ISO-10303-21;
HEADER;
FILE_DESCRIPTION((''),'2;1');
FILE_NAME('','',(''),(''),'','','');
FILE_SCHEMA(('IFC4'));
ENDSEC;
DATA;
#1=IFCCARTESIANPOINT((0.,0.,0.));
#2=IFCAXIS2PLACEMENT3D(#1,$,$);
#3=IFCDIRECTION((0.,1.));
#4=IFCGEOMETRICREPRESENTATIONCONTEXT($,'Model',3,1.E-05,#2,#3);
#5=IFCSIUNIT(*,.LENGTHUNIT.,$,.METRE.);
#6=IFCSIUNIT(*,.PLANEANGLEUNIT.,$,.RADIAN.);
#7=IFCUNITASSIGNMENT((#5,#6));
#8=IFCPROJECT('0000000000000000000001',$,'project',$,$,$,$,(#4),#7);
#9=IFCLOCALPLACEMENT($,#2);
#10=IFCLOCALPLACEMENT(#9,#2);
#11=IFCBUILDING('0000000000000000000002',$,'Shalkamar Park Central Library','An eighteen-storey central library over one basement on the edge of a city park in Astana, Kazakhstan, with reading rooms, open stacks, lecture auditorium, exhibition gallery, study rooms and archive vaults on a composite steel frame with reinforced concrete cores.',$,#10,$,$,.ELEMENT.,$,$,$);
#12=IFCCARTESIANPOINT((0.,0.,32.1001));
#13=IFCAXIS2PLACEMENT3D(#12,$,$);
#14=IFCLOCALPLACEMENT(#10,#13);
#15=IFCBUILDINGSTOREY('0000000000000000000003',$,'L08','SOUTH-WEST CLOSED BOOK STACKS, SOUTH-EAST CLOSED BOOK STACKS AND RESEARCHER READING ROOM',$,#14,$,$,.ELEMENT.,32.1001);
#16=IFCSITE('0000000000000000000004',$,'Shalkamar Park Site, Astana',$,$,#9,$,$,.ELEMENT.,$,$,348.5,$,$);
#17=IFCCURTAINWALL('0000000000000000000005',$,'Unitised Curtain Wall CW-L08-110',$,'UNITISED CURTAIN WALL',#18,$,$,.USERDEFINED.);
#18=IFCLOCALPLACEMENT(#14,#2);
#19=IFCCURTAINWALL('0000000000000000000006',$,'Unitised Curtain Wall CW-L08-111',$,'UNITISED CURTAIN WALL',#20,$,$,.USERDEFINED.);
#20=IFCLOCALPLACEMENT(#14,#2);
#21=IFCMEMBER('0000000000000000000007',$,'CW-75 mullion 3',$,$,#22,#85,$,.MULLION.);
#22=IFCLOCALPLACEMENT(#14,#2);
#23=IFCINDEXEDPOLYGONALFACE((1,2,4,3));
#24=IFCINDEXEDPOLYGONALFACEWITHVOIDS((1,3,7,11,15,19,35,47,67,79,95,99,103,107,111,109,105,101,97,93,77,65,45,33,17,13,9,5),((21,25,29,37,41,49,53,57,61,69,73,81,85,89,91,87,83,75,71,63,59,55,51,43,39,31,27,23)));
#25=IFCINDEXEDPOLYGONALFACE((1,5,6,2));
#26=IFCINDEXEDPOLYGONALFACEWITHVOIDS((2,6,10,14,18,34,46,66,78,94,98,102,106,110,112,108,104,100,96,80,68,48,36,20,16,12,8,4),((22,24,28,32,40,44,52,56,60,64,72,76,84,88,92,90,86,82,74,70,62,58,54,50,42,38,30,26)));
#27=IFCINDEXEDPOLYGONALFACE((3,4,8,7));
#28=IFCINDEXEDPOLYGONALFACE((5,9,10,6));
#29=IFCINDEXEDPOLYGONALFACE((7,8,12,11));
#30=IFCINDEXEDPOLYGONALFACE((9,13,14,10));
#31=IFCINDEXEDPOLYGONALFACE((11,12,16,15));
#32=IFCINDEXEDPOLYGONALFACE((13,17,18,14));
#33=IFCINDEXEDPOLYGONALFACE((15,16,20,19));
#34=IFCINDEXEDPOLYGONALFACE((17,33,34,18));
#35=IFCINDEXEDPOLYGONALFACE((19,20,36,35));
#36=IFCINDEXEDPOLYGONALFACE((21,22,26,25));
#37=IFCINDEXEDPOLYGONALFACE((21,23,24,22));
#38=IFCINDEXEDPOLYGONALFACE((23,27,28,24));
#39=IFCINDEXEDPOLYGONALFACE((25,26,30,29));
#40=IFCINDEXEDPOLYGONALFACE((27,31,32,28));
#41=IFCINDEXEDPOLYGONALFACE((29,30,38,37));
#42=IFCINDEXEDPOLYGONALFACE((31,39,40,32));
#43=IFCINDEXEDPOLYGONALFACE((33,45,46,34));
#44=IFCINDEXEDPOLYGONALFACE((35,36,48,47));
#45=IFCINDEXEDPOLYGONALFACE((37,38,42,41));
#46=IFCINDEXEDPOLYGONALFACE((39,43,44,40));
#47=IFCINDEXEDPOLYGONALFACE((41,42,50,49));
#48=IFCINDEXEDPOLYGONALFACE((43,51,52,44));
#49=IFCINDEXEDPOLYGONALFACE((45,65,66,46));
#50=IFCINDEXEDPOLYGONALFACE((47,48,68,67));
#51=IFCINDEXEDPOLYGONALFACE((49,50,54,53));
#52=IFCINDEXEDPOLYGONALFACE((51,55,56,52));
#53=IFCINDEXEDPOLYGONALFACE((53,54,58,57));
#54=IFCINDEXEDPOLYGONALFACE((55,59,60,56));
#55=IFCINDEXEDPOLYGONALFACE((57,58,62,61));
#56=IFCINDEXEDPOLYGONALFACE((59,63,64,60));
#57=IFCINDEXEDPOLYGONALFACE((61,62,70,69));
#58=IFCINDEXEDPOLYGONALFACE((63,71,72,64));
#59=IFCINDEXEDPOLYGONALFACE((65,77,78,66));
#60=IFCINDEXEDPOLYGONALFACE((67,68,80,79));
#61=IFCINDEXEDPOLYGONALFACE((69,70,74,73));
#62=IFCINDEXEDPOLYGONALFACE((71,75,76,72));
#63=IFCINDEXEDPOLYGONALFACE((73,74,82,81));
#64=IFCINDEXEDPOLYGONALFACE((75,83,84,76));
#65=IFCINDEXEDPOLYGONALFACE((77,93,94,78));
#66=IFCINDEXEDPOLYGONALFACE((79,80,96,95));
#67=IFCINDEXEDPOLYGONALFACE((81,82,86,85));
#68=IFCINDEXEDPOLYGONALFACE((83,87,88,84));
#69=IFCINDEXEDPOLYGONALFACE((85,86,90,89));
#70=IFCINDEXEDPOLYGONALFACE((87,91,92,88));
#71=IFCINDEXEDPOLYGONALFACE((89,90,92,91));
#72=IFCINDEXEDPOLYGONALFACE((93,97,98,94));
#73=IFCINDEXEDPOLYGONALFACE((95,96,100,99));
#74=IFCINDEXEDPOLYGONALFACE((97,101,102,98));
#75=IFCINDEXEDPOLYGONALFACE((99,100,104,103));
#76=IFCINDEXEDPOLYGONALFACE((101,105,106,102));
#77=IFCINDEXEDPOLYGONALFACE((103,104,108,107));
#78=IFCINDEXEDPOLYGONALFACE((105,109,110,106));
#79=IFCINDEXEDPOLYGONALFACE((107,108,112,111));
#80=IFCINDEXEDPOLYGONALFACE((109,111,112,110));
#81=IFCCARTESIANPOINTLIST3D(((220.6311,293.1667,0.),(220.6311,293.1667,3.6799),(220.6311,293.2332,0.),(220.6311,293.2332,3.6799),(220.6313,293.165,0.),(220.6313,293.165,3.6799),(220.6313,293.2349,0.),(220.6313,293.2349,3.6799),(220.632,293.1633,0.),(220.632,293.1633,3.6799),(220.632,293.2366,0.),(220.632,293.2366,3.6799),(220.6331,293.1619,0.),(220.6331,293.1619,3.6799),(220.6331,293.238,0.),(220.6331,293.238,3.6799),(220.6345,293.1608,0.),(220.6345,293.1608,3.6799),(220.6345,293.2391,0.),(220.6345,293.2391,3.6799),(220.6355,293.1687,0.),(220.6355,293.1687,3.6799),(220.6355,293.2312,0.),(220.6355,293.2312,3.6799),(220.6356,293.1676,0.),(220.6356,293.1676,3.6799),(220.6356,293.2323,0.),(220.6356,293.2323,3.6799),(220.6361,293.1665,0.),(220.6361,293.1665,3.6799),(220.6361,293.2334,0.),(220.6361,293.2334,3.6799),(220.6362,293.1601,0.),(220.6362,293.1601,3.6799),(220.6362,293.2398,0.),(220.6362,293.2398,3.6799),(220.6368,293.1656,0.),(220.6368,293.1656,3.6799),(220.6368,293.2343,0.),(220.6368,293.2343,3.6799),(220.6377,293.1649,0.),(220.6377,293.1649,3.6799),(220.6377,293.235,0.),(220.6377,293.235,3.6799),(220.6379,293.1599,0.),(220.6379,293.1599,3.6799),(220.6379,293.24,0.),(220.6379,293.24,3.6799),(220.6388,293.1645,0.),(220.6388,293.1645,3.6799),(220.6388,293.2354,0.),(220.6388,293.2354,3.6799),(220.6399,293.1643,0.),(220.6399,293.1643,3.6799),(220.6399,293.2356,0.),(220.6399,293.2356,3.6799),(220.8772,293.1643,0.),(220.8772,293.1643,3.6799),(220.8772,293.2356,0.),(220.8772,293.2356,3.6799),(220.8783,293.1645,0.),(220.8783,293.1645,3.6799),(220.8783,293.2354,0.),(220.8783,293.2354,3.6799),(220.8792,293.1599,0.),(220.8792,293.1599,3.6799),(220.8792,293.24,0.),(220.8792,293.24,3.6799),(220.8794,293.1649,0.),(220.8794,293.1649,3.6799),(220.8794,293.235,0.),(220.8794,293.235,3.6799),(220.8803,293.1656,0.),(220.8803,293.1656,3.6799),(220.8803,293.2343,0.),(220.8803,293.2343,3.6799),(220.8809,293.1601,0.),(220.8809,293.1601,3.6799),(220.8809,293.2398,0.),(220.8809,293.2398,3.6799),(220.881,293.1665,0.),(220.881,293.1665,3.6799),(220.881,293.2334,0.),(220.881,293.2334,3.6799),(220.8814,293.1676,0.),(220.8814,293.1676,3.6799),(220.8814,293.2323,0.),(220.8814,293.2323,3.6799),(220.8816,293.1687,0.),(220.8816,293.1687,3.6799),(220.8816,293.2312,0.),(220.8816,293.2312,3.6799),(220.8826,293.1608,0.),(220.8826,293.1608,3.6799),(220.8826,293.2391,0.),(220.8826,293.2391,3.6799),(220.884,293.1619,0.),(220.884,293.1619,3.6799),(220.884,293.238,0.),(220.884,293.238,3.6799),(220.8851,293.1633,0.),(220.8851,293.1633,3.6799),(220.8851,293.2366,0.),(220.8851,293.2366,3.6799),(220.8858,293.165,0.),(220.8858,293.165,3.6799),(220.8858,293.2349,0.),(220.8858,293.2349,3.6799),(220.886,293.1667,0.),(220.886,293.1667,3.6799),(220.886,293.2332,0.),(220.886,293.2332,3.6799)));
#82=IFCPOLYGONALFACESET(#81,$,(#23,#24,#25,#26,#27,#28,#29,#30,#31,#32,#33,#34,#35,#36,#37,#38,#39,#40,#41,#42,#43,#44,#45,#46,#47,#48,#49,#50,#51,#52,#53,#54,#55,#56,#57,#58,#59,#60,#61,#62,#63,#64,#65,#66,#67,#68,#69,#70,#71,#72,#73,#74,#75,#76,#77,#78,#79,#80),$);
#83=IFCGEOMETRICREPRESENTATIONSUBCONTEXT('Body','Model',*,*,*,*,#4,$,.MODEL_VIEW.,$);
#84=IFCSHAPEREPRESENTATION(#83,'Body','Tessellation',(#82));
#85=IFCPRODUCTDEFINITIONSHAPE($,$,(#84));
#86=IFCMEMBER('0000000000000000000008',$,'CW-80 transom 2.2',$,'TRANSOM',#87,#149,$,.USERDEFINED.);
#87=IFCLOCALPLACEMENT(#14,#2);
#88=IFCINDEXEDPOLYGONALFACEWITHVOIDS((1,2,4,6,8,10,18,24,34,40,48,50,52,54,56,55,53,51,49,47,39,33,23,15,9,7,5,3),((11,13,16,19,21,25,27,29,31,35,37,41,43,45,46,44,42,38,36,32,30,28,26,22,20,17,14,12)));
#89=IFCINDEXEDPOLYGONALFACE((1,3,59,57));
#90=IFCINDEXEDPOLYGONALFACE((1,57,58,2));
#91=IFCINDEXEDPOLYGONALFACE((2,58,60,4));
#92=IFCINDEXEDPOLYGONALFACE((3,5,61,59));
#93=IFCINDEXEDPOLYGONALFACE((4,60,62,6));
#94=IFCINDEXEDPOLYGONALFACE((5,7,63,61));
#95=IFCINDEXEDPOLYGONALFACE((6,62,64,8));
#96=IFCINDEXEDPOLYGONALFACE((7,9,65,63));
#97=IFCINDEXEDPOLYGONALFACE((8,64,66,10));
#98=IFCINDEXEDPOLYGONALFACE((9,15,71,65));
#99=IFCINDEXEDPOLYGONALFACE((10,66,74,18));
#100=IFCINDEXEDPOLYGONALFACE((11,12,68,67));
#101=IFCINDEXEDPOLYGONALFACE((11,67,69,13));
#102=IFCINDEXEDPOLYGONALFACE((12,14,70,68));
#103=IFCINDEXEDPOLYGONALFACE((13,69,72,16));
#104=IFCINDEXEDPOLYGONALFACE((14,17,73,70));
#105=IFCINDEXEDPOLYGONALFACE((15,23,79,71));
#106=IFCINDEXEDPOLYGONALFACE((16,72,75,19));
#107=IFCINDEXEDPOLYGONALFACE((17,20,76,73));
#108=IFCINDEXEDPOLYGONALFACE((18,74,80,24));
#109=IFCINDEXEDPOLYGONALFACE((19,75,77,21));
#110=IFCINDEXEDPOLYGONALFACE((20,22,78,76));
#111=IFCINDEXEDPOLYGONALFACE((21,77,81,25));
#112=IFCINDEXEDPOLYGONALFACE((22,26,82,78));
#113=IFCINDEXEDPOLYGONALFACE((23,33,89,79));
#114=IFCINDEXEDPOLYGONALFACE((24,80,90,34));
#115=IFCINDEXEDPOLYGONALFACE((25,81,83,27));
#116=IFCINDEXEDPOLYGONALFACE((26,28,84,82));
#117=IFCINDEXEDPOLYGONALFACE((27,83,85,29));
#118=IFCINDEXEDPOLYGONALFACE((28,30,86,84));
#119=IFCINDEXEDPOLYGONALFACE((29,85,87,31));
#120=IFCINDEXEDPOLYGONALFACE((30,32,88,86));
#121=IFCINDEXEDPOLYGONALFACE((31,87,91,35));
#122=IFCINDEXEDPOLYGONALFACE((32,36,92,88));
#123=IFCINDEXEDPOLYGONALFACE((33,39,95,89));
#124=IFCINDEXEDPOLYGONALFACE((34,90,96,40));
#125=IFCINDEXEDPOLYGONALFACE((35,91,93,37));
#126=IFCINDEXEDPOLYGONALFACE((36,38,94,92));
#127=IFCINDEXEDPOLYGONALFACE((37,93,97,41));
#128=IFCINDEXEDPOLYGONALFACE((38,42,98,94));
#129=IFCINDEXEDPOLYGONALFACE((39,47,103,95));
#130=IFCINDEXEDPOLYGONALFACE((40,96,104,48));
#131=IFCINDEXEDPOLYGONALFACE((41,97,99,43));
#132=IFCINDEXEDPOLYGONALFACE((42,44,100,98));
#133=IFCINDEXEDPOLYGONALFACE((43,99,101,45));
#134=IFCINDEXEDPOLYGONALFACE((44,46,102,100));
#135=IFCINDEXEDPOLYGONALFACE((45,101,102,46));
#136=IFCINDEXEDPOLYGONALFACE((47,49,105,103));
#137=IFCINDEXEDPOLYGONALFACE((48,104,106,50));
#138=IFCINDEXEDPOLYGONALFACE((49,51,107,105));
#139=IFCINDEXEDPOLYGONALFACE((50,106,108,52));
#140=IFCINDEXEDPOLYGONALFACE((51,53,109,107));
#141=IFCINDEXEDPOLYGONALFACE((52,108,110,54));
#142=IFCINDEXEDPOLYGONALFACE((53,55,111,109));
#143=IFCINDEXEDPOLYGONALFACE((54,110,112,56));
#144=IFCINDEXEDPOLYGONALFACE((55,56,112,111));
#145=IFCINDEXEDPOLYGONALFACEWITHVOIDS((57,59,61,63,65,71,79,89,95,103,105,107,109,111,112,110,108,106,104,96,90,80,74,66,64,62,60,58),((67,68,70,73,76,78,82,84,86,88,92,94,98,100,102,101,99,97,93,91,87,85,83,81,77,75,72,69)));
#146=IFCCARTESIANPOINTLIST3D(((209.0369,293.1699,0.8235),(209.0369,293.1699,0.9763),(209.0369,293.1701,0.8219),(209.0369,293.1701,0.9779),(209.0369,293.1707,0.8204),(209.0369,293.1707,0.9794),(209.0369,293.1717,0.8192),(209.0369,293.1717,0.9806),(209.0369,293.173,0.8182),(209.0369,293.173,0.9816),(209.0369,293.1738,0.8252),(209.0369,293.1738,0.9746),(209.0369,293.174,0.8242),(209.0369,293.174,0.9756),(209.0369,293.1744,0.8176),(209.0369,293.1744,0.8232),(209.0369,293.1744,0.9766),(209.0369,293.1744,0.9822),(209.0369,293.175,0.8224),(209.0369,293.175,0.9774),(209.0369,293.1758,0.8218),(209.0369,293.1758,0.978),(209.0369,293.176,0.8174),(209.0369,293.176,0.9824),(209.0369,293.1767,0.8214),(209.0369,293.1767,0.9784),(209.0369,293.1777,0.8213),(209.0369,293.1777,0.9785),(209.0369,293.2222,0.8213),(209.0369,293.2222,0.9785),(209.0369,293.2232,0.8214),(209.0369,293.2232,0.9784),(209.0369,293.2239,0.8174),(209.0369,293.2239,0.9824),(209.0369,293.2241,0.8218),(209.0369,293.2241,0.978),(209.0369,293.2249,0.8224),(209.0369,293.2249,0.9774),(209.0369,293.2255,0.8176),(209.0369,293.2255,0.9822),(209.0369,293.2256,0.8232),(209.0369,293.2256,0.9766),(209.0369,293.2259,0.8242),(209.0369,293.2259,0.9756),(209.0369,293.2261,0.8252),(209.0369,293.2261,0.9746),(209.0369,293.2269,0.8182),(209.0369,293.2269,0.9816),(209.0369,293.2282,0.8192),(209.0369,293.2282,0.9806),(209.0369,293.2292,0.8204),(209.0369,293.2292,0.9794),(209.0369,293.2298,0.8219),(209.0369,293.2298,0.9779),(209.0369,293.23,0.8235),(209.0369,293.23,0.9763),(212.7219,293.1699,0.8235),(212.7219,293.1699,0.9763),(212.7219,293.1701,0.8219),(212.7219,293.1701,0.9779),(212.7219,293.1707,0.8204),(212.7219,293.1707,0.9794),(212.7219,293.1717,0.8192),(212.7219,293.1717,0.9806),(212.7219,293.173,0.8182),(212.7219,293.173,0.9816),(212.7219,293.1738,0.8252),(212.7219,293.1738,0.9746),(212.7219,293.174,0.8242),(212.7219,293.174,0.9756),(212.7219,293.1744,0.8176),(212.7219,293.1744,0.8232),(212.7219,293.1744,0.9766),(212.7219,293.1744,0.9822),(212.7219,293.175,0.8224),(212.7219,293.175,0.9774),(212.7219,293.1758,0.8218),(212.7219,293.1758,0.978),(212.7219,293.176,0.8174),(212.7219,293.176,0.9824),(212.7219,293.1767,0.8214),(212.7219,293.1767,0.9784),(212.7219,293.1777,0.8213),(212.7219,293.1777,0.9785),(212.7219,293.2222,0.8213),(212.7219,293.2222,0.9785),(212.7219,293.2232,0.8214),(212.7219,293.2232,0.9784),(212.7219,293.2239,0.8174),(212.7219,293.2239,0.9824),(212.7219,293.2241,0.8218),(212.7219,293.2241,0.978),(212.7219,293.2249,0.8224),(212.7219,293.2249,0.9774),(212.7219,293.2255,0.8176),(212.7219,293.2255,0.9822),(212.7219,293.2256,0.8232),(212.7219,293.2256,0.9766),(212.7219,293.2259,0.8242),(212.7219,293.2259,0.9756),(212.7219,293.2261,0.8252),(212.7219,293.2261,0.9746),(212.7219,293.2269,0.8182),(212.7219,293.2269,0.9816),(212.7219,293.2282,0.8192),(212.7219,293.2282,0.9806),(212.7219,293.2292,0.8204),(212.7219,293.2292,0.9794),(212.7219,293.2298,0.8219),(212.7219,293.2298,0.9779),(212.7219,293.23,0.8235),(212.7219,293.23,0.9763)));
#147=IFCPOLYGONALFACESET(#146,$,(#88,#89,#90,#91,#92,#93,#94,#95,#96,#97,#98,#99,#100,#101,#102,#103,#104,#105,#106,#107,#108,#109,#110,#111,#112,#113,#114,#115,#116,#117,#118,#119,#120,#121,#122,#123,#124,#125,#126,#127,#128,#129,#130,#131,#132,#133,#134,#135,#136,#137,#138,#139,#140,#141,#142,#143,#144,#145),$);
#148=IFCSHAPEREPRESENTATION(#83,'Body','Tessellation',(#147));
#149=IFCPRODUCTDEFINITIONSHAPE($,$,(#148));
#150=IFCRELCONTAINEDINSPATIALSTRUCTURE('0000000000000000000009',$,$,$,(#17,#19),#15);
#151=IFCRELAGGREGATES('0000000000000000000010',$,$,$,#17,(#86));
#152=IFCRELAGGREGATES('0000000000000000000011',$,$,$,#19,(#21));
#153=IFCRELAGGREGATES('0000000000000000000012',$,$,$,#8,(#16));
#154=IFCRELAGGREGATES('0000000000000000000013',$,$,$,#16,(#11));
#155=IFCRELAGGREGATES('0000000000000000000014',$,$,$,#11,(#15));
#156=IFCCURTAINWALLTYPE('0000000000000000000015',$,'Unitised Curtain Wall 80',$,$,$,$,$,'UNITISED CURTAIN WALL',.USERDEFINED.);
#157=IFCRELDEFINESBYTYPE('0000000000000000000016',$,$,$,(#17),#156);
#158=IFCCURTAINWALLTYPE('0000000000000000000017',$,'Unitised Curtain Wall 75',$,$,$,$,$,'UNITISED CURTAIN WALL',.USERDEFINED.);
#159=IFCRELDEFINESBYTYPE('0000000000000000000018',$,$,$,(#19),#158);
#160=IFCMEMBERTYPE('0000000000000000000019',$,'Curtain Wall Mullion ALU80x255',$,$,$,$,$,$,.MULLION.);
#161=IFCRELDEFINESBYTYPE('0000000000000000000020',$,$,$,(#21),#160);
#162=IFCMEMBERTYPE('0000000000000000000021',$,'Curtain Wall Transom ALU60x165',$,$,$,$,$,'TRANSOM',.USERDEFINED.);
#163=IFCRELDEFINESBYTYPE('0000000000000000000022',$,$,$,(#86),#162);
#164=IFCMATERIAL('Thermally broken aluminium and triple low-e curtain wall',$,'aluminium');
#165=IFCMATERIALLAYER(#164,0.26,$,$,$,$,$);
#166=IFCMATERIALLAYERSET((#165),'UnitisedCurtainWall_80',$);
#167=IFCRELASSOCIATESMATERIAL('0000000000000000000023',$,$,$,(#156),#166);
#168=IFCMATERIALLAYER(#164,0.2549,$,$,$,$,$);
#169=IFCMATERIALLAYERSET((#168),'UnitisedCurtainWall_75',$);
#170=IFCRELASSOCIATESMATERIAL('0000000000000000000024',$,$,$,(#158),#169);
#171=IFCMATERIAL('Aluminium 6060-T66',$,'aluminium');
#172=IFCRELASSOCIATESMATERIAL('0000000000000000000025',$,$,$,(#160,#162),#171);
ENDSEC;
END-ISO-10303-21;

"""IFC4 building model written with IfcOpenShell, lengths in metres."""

from ifc_helpers import new_model, si_unit, direction, frame, origin, origin_2d, place, context, subcontext, project, spatial, hollow_rectangle, extrude, material, layer, layer_set, material_profile, profile_set, type_object, element, aggregate, save


model = new_model("IFC4")

# Units and contexts
model_context = context("Model", 3, precision=1e-05, world=origin(), true_north=direction((0.0, 1.0)))
body_context = subcontext(model_context, "Body", "Model", "MODEL_VIEW")
ifc_project = project(units=[si_unit("LENGTHUNIT", "METRE"), si_unit("PLANEANGLEUNIT", "RADIAN")], contexts=[model_context])

# Site, building, storey
site_placement = place(None, origin())
site = spatial("IfcSite", under=ifc_project, at=site_placement, Name="Shalkamar Park Site, Astana", CompositionType="ELEMENT", RefElevation=348.5)
building_placement = place(site_placement, origin())
building = spatial("IfcBuilding", under=site, at=building_placement, Name="Shalkamar Park Central Library", Description="An eighteen-storey central library over one basement on the edge of a city park in Astana, Kazakhstan, with reading rooms, open stacks, lecture auditorium, exhibition gallery, study rooms and archive vaults on a composite steel frame with reinforced concrete cores.", CompositionType="ELEMENT")
storey_placement = place(building_placement, frame((0.0, 0.0, 32.1001)))
storey = spatial("IfcBuildingStorey", under=building, at=storey_placement, Name="L08", Description="SOUTH-WEST CLOSED BOOK STACKS, SOUTH-EAST CLOSED BOOK STACKS AND RESEARCHER READING ROOM", CompositionType="ELEMENT", Elevation=32.1001)

# Curtain wall
ifc_material_1 = material(Name="Thermally broken aluminium and triple low-e curtain wall", Category="aluminium")
ifc_layer_1 = layer(ifc_material_1, 0.26)
ifc_layer_set_1 = layer_set([ifc_layer_1], Name="UnitisedCurtainWall_80")
curtain_wall_type_1 = type_object("IfcCurtainWallType", Name="Unitised Curtain Wall 80", ElementType="UNITISED CURTAIN WALL", PredefinedType="USERDEFINED", material=ifc_layer_set_1)
curtain_wall_1_placement = place(storey_placement, origin())
curtain_wall_1 = element("IfcCurtainWall", 1, at=curtain_wall_1_placement, inside=storey, type_object=curtain_wall_type_1, Name="Unitised Curtain Wall CW-L08-110", ObjectType="UNITISED CURTAIN WALL", PredefinedType="USERDEFINED")
ifc_material_2 = material(Name="Aluminium 6060-T66", Category="aluminium")

# Curtain wall, member
ifc_layer_2 = layer(ifc_material_1, 0.2549)
ifc_layer_set_2 = layer_set([ifc_layer_2], Name="UnitisedCurtainWall_75")
curtain_wall_type_2 = type_object("IfcCurtainWallType", Name="Unitised Curtain Wall 75", ElementType="UNITISED CURTAIN WALL", PredefinedType="USERDEFINED", material=ifc_layer_set_2)
curtain_wall_2_placement = place(storey_placement, origin())
curtain_wall_2 = element("IfcCurtainWall", 2, at=curtain_wall_2_placement, inside=storey, type_object=curtain_wall_type_2, Name="Unitised Curtain Wall CW-L08-111", ObjectType="UNITISED CURTAIN WALL", PredefinedType="USERDEFINED")
ifc_material_profile_1 = material_profile(ifc_material_2, hollow_rectangle(XDim=0.0801, YDim=0.2549, WallThickness=0.0044, InnerFilletRadius=0.0044, OuterFilletRadius=0.0068, at=origin_2d()), Name="ALU 80x255x4.5")
ifc_profile_set_1 = profile_set([ifc_material_profile_1], Name="Aluminium 6060-T66")
member_type_1 = type_object("IfcMemberType", Name="Curtain Wall Mullion ALU80x255", PredefinedType="MULLION", material=ifc_profile_set_1)
member_1_placement = place(storey_placement, frame((220.7585, 293.2, 0.0), z_axis=(0.0, 0.0, 1.0), x_axis=(0.0, 1.0, 0.0)))
member_1 = element("IfcMember", 3, at=member_1_placement, type_object=member_type_1, Name="CW-75 mullion 3", PredefinedType="MULLION", context=body_context, shape_type="SweptSolid", body=[
    extrude(hollow_rectangle(XDim=0.0801, YDim=0.2549, WallThickness=0.0044, InnerFilletRadius=0.0044, OuterFilletRadius=0.0068, at=origin_2d()), origin(), (0.0, 0.0, 1.0), 3.6799),
])

# Member
ifc_material_profile_2 = material_profile(ifc_material_2, hollow_rectangle(XDim=0.0601, YDim=0.165, WallThickness=0.0039, InnerFilletRadius=0.0039, OuterFilletRadius=0.0061, at=origin_2d()), Name="ALU 60x165x4")
ifc_profile_set_2 = profile_set([ifc_material_profile_2], Name="Aluminium 6060-T66")
member_type_2 = type_object("IfcMemberType", Name="Curtain Wall Transom ALU60x165", ElementType="TRANSOM", PredefinedType="USERDEFINED", material=ifc_profile_set_2)
member_2_placement = place(storey_placement, frame((209.0369, 293.2, 0.8999), z_axis=(1.0, 0.0, 0.0), x_axis=(0.0, 1.0, 0.0)))
member_2 = element("IfcMember", 4, at=member_2_placement, type_object=member_type_2, Name="CW-80 transom 2.2", ObjectType="TRANSOM", PredefinedType="USERDEFINED", context=body_context, shape_type="SweptSolid", body=[
    extrude(hollow_rectangle(XDim=0.0601, YDim=0.165, WallThickness=0.0039, InnerFilletRadius=0.0039, OuterFilletRadius=0.0061, at=origin_2d()), origin(), (0.0, 0.0, 1.0), 3.6851),
])

aggregate(curtain_wall_1, [member_2])
aggregate(curtain_wall_2, [member_1])

save(model, "model.ifc")
